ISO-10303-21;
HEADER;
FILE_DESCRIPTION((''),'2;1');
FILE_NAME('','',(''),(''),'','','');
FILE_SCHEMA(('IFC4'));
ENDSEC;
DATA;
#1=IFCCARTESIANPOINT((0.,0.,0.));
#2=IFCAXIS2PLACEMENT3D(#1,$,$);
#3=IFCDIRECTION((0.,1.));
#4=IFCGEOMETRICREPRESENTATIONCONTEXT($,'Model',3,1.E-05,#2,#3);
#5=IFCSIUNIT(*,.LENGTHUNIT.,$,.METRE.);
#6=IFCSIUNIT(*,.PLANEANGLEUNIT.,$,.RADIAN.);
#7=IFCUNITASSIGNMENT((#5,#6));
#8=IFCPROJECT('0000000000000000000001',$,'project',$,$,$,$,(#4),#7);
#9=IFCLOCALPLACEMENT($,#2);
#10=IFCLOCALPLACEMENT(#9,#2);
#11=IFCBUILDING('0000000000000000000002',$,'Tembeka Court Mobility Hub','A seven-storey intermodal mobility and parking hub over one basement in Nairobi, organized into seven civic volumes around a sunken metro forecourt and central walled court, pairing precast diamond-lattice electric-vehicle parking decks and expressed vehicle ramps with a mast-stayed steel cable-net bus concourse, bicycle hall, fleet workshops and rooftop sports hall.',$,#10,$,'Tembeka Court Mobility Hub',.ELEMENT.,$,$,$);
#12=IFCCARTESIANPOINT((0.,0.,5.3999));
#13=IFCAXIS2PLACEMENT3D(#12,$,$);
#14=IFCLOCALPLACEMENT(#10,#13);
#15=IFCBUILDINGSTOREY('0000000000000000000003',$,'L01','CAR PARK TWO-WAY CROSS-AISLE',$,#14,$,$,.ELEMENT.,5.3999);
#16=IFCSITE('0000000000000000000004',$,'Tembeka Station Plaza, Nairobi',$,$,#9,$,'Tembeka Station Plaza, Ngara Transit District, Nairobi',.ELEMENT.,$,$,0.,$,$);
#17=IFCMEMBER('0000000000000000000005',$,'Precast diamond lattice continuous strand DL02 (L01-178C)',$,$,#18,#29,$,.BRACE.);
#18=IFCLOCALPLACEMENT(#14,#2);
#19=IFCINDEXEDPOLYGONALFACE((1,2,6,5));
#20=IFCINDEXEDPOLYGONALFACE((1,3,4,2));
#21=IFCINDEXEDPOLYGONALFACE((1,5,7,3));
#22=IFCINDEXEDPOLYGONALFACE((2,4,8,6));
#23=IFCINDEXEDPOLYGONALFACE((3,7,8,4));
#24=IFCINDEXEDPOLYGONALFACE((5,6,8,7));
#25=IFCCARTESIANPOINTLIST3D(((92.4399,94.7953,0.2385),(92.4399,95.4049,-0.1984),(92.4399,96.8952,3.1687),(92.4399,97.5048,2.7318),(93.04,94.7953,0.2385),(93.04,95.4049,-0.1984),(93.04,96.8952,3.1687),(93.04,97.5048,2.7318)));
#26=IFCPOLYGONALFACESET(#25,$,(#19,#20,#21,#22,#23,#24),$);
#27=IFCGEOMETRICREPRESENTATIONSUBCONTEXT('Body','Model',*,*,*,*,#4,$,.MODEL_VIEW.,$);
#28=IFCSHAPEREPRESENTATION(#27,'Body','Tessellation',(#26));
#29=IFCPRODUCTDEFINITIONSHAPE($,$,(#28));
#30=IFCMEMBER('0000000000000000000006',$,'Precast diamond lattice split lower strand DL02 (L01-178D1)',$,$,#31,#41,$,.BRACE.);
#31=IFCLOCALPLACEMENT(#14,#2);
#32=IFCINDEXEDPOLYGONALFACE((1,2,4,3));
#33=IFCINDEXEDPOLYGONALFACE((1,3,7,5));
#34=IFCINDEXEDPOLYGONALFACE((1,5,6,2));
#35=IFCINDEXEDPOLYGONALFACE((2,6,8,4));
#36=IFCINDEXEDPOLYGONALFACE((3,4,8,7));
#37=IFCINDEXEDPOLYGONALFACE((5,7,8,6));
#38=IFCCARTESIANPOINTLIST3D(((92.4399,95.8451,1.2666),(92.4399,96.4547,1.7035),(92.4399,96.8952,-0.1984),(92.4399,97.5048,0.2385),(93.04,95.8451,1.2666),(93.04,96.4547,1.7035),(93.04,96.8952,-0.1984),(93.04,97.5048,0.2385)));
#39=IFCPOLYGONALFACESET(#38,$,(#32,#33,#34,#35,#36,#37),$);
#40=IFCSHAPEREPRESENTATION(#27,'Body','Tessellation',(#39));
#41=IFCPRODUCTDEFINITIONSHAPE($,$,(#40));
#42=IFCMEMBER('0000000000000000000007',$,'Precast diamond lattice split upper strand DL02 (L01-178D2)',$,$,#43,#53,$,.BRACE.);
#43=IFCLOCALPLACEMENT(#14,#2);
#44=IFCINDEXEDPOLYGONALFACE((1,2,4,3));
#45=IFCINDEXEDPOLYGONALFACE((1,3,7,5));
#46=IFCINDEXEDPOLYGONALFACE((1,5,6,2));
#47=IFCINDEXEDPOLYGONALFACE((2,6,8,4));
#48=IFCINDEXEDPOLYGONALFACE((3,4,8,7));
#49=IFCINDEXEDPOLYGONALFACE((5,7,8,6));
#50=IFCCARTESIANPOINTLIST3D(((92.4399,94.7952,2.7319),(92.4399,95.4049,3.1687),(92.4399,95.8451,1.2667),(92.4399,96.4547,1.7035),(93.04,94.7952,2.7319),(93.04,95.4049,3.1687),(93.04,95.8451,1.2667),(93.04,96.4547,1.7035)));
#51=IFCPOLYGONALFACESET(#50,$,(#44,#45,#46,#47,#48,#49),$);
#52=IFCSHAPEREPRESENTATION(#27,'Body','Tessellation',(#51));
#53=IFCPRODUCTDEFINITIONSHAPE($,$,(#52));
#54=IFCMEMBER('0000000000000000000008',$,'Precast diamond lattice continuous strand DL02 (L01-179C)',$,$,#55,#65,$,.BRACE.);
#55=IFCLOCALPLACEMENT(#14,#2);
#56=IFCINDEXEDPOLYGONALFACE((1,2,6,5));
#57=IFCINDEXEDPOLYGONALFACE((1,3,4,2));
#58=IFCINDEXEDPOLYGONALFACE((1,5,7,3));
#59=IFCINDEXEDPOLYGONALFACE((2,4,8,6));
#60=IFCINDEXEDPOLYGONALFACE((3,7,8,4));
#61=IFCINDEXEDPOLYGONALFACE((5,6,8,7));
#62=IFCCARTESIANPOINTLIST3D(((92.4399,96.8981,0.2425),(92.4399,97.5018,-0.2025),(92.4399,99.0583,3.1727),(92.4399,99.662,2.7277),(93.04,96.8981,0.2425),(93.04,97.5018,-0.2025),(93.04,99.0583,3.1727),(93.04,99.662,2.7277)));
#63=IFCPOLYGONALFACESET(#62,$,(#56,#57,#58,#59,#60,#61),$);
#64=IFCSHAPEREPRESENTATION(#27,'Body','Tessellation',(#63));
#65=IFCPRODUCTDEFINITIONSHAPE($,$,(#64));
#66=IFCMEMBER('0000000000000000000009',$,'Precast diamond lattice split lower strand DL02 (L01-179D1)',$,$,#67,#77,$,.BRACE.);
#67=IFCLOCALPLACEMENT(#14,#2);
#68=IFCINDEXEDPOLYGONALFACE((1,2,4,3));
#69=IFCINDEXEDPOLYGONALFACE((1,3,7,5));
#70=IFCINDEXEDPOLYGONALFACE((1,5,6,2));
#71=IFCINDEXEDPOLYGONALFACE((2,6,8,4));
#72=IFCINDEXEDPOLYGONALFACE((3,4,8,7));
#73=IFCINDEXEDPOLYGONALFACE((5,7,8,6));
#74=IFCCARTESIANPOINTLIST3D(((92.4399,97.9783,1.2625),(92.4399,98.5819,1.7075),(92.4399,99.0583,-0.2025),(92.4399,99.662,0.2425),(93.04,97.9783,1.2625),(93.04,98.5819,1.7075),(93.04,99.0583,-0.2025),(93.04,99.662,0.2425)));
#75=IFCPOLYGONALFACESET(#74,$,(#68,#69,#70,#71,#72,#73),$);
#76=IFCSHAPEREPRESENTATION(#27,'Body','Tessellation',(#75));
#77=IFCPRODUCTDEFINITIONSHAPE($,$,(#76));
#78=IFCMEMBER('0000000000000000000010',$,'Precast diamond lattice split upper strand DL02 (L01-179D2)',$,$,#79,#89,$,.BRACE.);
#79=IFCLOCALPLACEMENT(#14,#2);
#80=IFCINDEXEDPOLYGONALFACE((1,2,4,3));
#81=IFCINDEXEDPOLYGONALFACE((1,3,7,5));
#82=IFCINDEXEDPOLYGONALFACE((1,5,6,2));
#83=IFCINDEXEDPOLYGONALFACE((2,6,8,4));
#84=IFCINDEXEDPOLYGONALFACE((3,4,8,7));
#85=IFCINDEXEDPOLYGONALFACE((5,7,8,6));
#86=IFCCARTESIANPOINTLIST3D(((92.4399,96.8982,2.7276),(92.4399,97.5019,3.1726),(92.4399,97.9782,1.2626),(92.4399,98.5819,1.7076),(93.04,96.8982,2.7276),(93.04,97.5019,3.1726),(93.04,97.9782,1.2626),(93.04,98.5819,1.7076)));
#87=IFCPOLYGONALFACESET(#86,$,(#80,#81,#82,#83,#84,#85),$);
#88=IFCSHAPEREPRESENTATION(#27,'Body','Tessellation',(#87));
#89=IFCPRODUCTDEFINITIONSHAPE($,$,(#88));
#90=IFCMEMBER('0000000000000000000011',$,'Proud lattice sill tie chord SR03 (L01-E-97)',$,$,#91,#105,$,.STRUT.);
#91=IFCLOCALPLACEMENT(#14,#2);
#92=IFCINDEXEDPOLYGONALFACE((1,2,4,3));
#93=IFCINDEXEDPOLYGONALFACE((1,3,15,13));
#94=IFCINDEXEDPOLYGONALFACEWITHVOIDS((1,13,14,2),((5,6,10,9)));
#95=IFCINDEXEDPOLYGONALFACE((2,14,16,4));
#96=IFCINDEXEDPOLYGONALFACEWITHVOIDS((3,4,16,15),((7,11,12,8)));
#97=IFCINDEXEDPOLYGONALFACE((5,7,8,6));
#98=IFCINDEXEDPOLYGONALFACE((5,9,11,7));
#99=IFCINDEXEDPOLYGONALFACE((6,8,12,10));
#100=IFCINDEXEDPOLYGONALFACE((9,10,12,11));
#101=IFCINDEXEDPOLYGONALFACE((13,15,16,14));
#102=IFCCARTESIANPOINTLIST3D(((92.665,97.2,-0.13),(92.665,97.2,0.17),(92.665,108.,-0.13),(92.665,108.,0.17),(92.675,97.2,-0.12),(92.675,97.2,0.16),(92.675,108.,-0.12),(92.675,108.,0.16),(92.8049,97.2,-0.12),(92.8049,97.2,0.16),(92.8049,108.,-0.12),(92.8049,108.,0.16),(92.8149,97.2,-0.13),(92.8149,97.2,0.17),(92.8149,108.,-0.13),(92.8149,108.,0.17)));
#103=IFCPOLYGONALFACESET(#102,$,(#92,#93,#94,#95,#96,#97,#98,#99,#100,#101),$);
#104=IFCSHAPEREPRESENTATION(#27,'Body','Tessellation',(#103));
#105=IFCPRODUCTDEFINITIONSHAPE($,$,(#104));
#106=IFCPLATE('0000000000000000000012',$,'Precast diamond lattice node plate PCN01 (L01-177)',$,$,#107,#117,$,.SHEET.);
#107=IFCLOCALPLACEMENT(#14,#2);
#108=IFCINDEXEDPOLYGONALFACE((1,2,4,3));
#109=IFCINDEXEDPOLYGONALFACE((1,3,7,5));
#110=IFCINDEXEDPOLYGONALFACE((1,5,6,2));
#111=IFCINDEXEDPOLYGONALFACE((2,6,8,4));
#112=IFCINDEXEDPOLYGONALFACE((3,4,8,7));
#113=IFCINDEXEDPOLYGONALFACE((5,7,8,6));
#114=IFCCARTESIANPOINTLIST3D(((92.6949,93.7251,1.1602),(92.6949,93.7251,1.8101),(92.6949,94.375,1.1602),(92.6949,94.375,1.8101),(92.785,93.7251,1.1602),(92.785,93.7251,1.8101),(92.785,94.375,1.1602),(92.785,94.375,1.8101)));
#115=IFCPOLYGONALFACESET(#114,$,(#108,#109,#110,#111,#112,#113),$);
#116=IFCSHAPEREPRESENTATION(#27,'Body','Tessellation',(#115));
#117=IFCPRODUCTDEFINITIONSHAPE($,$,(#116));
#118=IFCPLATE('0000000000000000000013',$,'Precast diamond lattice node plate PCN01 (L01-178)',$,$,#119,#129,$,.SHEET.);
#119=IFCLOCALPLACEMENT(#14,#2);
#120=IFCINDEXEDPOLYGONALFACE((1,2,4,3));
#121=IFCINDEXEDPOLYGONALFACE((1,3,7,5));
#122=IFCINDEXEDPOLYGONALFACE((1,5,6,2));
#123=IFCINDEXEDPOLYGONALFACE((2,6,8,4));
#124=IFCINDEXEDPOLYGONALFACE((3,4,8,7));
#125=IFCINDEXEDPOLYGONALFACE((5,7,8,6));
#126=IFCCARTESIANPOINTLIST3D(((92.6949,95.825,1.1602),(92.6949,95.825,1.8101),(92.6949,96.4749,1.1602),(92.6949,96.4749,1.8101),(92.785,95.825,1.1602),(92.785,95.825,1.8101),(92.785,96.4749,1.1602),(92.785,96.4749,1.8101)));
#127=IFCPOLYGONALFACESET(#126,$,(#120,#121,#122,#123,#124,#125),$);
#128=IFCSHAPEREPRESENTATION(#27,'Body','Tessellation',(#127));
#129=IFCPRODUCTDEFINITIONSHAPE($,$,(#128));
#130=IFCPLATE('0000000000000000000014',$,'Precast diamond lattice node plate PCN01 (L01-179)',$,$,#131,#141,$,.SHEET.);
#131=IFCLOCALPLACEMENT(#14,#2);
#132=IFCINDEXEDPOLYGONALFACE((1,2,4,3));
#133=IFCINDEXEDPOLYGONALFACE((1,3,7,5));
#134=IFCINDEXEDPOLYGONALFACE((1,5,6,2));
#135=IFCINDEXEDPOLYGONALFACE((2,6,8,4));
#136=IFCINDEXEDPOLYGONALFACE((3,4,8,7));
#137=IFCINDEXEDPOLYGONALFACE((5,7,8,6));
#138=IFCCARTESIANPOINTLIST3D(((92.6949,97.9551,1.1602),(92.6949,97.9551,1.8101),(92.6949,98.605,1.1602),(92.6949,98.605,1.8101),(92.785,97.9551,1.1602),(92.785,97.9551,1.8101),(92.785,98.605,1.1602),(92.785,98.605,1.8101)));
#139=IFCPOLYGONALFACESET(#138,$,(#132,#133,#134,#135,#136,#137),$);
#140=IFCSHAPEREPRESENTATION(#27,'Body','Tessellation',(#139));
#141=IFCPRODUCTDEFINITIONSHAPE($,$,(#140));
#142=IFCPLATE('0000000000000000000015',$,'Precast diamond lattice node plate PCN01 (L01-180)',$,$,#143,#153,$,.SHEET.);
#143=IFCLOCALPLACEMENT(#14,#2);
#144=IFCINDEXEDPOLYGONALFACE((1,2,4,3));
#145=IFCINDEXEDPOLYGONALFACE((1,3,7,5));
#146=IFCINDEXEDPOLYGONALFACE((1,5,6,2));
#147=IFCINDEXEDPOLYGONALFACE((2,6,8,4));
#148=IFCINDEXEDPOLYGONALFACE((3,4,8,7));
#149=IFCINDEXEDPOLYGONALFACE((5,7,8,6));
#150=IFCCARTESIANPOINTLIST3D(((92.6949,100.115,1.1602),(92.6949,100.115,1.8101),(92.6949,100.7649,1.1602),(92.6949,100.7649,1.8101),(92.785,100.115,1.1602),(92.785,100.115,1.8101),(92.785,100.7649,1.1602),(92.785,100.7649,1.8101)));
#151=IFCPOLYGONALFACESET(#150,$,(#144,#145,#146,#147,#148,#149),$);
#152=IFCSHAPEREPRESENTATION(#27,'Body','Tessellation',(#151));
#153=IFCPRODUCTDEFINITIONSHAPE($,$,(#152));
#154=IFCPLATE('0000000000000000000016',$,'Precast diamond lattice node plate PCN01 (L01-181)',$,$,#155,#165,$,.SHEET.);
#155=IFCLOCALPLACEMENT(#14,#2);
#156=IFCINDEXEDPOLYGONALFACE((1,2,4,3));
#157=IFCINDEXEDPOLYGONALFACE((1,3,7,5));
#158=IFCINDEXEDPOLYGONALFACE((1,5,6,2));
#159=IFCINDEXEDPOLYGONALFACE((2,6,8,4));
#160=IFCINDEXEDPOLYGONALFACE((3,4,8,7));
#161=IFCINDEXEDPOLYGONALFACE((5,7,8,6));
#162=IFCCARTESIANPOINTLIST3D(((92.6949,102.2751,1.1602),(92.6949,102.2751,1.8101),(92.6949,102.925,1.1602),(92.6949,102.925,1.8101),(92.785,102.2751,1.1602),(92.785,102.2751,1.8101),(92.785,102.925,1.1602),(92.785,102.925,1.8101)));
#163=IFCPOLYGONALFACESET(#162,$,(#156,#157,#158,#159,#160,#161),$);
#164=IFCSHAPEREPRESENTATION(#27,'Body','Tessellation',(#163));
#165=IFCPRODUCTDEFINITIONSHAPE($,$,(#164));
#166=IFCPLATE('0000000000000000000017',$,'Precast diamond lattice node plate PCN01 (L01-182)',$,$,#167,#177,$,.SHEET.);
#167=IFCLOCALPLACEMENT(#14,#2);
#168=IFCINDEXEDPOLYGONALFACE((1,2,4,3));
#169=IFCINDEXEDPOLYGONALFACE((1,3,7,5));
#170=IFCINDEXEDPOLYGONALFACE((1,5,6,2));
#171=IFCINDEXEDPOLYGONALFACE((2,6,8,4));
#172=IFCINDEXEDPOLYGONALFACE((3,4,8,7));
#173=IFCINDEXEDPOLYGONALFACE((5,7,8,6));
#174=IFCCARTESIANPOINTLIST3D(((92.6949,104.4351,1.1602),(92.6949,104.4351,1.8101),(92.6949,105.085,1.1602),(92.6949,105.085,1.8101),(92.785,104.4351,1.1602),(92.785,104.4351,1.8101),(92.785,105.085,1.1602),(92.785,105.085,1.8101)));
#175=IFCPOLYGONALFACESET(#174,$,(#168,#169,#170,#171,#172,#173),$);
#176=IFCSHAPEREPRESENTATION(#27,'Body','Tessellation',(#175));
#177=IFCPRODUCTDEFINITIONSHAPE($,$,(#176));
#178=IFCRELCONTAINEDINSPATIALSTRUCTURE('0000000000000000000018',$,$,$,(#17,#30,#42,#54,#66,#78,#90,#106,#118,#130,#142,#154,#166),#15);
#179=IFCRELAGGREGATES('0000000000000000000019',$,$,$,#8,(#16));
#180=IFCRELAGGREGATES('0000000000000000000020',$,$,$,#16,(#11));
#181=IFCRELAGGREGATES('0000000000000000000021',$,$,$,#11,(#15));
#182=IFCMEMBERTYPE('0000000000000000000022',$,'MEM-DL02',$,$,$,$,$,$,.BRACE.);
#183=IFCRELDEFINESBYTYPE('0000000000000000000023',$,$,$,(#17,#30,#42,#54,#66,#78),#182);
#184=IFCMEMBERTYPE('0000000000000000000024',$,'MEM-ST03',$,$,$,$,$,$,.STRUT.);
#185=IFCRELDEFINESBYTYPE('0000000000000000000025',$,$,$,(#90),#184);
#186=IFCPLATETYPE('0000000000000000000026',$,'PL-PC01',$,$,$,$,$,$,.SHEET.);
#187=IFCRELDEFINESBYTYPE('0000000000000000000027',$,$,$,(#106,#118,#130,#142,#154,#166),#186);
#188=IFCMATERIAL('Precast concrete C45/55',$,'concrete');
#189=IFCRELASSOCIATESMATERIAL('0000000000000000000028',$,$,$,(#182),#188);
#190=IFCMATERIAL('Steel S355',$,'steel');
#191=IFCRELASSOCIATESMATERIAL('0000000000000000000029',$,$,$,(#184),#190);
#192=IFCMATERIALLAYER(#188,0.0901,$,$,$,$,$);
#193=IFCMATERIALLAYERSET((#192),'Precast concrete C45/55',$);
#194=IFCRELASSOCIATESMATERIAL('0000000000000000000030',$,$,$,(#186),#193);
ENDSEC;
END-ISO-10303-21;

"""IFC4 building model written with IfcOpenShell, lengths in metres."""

from ifc_helpers import new_model, si_unit, direction, frame, origin, origin_2d, place, context, subcontext, project, spatial, rectangle, hollow_rectangle, extrude, material, layer, layer_set, material_profile, profile_set, type_object, element, save


model = new_model("IFC4")

# Units and contexts
model_context = context("Model", 3, precision=1e-05, world=origin(), true_north=direction((0.0, 1.0)))
body_context = subcontext(model_context, "Body", "Model", "MODEL_VIEW")
ifc_project = project(units=[si_unit("LENGTHUNIT", "METRE"), si_unit("PLANEANGLEUNIT", "RADIAN")], contexts=[model_context])

# Site, building, storey
site_placement = place(None, origin())
site = spatial("IfcSite", under=ifc_project, at=site_placement, Name="Tembeka Station Plaza, Nairobi", LongName="Tembeka Station Plaza, Ngara Transit District, Nairobi", CompositionType="ELEMENT", RefElevation=0.0)
building_placement = place(site_placement, origin())
building = spatial("IfcBuilding", under=site, at=building_placement, Name="Tembeka Court Mobility Hub", Description="A seven-storey intermodal mobility and parking hub over one basement in Nairobi, organized into seven civic volumes around a sunken metro forecourt and central walled court, pairing precast diamond-lattice electric-vehicle parking decks and expressed vehicle ramps with a mast-stayed steel cable-net bus concourse, bicycle hall, fleet workshops and rooftop sports hall.", LongName="Tembeka Court Mobility Hub", CompositionType="ELEMENT")
storey_placement = place(building_placement, frame((0.0, 0.0, 5.3999)))
storey = spatial("IfcBuildingStorey", under=building, at=storey_placement, Name="L01", Description="CAR PARK TWO-WAY CROSS-AISLE", CompositionType="ELEMENT", Elevation=5.3999)

# Shared definitions
ifc_material_1 = material(Name="Steel S355", Category="steel")

# Members
ifc_material_2 = material(Name="Precast concrete C45/55", Category="concrete")
ifc_material_profile_1 = material_profile(ifc_material_2, rectangle(XDim=0.6001, YDim=0.75, at=origin_2d()), Name="PC-DIAG 600x750")
ifc_profile_set_1 = profile_set([ifc_material_profile_1], Name="Precast concrete C45/55")
member_type_1 = type_object("IfcMemberType", Name="MEM-DL02", PredefinedType="BRACE", material=ifc_profile_set_1)
member_1_placement = place(storey_placement, frame((92.74, 95.1001, 0.02), z_axis=(0.0, 0.5825, 0.812831), x_axis=(-1.0, 0.0, 0.0)))
element("IfcMember", 1, at=member_1_placement, inside=storey, type_object=member_type_1, Name="Precast diamond lattice continuous strand DL02 (L01-178C)", PredefinedType="BRACE", context=body_context, shape_type="SweptSolid", body=[
    extrude(rectangle(XDim=0.6001, YDim=0.75, at=origin_2d()), origin(), (0.0, 0.0, 1.0), 3.605),
])
for number, where, z_axis, x_axis, name in (
    (2, (92.74, 97.2, 0.02), (0.0, -0.582544, 0.812799), (1.0, 0.0, 0.0), "Precast diamond lattice split lower strand DL02 (L01-178D1)"),
    (3, (92.74, 96.1499, 1.4851), (0.0, -0.582455, 0.812863), (1.0, 0.0, 0.0), "Precast diamond lattice split upper strand DL02 (L01-178D2)"),
):
    element("IfcMember", number, at=place(storey_placement, frame(where, z_axis=z_axis, x_axis=x_axis)), inside=storey, type_object=member_type_1, Name=name, PredefinedType="BRACE", context=body_context, shape_type="SweptSolid", body=[
        extrude(rectangle(XDim=0.6001, YDim=0.75, at=origin_2d()), origin(), (0.0, 0.0, 1.0), 1.8025),
    ])
member_2_placement = place(storey_placement, frame((92.74, 97.2, 0.02), z_axis=(0.0, 0.593391, 0.804914), x_axis=(-1.0, 0.0, 0.0)))
element("IfcMember", 4, at=member_2_placement, inside=storey, type_object=member_type_1, Name="Precast diamond lattice continuous strand DL02 (L01-179C)", PredefinedType="BRACE", context=body_context, shape_type="SweptSolid", body=[
    extrude(rectangle(XDim=0.6001, YDim=0.75, at=origin_2d()), origin(), (0.0, 0.0, 1.0), 3.6404),
])
for number, where, z_axis, x_axis, name in (
    (5, (92.74, 99.3601, 0.02), (0.0, -0.593391, 0.804914), (1.0, 0.0, 0.0), "Precast diamond lattice split lower strand DL02 (L01-179D1)"),
    (6, (92.74, 98.28, 1.4851), (0.0, -0.593391, 0.804914), (1.0, 0.0, 0.0), "Precast diamond lattice split upper strand DL02 (L01-179D2)"),
):
    element("IfcMember", number, at=place(storey_placement, frame(where, z_axis=z_axis, x_axis=x_axis)), inside=storey, type_object=member_type_1, Name=name, PredefinedType="BRACE", context=body_context, shape_type="SweptSolid", body=[
        extrude(rectangle(XDim=0.6001, YDim=0.75, at=origin_2d()), origin(), (0.0, 0.0, 1.0), 1.8201),
    ])
ifc_material_profile_2 = material_profile(ifc_material_1, hollow_rectangle(XDim=0.1499, YDim=0.3, WallThickness=0.01, at=origin_2d()), Name="RHS 300x150x10")
ifc_profile_set_2 = profile_set([ifc_material_profile_2], Name="Steel S355")
member_type_2 = type_object("IfcMemberType", Name="MEM-ST03", PredefinedType="STRUT", material=ifc_profile_set_2)
member_3_placement = place(storey_placement, frame((92.74, 97.2, 0.02), z_axis=(0.0, 1.0, 0.0), x_axis=(-1.0, 0.0, 0.0)))
element("IfcMember", 7, at=member_3_placement, inside=storey, type_object=member_type_2, Name="Proud lattice sill tie chord SR03 (L01-E-97)", PredefinedType="STRUT", context=body_context, shape_type="SweptSolid", body=[
    extrude(hollow_rectangle(XDim=0.1499, YDim=0.3, WallThickness=0.01, at=origin_2d()), origin(), (0.0, 0.0, 1.0), 10.8),
])

# Plates
ifc_layer = layer(ifc_material_2, 0.0901)
ifc_layer_set = layer_set([ifc_layer], Name="Precast concrete C45/55")
plate_type = type_object("IfcPlateType", Name="PL-PC01", PredefinedType="SHEET", material=ifc_layer_set)
for number, where, z_axis, x_axis, name in (
    (8, (92.74, 94.05, 1.1602), (0.0, 0.0, 1.0), (1.0, 0.0, 0.0), "Precast diamond lattice node plate PCN01 (L01-177)"),
    (9, (92.74, 96.1499, 1.1602), (0.0, 0.0, 1.0), (1.0, 0.0, 0.0), "Precast diamond lattice node plate PCN01 (L01-178)"),
    (10, (92.74, 98.28, 1.1602), (0.0, 0.0, 1.0), (1.0, 0.0, 0.0), "Precast diamond lattice node plate PCN01 (L01-179)"),
    (11, (92.74, 100.4399, 1.1602), (0.0, 0.0, 1.0), (1.0, 0.0, 0.0), "Precast diamond lattice node plate PCN01 (L01-180)"),
    (12, (92.74, 102.6001, 1.1602), (0.0, 0.0, 1.0), (1.0, 0.0, 0.0), "Precast diamond lattice node plate PCN01 (L01-181)"),
    (13, (92.74, 104.76, 1.1602), (0.0, 0.0, 1.0), (1.0, 0.0, 0.0), "Precast diamond lattice node plate PCN01 (L01-182)"),
):
    element("IfcPlate", number, at=place(storey_placement, frame(where, z_axis=z_axis, x_axis=x_axis)), inside=storey, type_object=plate_type, Name=name, PredefinedType="SHEET", context=body_context, shape_type="SweptSolid", body=[
        extrude(rectangle(XDim=0.0901, YDim=0.6499, at=origin_2d()), origin(), (0.0, 0.0, 1.0), 0.6499),
    ])

save(model, "model.ifc")
